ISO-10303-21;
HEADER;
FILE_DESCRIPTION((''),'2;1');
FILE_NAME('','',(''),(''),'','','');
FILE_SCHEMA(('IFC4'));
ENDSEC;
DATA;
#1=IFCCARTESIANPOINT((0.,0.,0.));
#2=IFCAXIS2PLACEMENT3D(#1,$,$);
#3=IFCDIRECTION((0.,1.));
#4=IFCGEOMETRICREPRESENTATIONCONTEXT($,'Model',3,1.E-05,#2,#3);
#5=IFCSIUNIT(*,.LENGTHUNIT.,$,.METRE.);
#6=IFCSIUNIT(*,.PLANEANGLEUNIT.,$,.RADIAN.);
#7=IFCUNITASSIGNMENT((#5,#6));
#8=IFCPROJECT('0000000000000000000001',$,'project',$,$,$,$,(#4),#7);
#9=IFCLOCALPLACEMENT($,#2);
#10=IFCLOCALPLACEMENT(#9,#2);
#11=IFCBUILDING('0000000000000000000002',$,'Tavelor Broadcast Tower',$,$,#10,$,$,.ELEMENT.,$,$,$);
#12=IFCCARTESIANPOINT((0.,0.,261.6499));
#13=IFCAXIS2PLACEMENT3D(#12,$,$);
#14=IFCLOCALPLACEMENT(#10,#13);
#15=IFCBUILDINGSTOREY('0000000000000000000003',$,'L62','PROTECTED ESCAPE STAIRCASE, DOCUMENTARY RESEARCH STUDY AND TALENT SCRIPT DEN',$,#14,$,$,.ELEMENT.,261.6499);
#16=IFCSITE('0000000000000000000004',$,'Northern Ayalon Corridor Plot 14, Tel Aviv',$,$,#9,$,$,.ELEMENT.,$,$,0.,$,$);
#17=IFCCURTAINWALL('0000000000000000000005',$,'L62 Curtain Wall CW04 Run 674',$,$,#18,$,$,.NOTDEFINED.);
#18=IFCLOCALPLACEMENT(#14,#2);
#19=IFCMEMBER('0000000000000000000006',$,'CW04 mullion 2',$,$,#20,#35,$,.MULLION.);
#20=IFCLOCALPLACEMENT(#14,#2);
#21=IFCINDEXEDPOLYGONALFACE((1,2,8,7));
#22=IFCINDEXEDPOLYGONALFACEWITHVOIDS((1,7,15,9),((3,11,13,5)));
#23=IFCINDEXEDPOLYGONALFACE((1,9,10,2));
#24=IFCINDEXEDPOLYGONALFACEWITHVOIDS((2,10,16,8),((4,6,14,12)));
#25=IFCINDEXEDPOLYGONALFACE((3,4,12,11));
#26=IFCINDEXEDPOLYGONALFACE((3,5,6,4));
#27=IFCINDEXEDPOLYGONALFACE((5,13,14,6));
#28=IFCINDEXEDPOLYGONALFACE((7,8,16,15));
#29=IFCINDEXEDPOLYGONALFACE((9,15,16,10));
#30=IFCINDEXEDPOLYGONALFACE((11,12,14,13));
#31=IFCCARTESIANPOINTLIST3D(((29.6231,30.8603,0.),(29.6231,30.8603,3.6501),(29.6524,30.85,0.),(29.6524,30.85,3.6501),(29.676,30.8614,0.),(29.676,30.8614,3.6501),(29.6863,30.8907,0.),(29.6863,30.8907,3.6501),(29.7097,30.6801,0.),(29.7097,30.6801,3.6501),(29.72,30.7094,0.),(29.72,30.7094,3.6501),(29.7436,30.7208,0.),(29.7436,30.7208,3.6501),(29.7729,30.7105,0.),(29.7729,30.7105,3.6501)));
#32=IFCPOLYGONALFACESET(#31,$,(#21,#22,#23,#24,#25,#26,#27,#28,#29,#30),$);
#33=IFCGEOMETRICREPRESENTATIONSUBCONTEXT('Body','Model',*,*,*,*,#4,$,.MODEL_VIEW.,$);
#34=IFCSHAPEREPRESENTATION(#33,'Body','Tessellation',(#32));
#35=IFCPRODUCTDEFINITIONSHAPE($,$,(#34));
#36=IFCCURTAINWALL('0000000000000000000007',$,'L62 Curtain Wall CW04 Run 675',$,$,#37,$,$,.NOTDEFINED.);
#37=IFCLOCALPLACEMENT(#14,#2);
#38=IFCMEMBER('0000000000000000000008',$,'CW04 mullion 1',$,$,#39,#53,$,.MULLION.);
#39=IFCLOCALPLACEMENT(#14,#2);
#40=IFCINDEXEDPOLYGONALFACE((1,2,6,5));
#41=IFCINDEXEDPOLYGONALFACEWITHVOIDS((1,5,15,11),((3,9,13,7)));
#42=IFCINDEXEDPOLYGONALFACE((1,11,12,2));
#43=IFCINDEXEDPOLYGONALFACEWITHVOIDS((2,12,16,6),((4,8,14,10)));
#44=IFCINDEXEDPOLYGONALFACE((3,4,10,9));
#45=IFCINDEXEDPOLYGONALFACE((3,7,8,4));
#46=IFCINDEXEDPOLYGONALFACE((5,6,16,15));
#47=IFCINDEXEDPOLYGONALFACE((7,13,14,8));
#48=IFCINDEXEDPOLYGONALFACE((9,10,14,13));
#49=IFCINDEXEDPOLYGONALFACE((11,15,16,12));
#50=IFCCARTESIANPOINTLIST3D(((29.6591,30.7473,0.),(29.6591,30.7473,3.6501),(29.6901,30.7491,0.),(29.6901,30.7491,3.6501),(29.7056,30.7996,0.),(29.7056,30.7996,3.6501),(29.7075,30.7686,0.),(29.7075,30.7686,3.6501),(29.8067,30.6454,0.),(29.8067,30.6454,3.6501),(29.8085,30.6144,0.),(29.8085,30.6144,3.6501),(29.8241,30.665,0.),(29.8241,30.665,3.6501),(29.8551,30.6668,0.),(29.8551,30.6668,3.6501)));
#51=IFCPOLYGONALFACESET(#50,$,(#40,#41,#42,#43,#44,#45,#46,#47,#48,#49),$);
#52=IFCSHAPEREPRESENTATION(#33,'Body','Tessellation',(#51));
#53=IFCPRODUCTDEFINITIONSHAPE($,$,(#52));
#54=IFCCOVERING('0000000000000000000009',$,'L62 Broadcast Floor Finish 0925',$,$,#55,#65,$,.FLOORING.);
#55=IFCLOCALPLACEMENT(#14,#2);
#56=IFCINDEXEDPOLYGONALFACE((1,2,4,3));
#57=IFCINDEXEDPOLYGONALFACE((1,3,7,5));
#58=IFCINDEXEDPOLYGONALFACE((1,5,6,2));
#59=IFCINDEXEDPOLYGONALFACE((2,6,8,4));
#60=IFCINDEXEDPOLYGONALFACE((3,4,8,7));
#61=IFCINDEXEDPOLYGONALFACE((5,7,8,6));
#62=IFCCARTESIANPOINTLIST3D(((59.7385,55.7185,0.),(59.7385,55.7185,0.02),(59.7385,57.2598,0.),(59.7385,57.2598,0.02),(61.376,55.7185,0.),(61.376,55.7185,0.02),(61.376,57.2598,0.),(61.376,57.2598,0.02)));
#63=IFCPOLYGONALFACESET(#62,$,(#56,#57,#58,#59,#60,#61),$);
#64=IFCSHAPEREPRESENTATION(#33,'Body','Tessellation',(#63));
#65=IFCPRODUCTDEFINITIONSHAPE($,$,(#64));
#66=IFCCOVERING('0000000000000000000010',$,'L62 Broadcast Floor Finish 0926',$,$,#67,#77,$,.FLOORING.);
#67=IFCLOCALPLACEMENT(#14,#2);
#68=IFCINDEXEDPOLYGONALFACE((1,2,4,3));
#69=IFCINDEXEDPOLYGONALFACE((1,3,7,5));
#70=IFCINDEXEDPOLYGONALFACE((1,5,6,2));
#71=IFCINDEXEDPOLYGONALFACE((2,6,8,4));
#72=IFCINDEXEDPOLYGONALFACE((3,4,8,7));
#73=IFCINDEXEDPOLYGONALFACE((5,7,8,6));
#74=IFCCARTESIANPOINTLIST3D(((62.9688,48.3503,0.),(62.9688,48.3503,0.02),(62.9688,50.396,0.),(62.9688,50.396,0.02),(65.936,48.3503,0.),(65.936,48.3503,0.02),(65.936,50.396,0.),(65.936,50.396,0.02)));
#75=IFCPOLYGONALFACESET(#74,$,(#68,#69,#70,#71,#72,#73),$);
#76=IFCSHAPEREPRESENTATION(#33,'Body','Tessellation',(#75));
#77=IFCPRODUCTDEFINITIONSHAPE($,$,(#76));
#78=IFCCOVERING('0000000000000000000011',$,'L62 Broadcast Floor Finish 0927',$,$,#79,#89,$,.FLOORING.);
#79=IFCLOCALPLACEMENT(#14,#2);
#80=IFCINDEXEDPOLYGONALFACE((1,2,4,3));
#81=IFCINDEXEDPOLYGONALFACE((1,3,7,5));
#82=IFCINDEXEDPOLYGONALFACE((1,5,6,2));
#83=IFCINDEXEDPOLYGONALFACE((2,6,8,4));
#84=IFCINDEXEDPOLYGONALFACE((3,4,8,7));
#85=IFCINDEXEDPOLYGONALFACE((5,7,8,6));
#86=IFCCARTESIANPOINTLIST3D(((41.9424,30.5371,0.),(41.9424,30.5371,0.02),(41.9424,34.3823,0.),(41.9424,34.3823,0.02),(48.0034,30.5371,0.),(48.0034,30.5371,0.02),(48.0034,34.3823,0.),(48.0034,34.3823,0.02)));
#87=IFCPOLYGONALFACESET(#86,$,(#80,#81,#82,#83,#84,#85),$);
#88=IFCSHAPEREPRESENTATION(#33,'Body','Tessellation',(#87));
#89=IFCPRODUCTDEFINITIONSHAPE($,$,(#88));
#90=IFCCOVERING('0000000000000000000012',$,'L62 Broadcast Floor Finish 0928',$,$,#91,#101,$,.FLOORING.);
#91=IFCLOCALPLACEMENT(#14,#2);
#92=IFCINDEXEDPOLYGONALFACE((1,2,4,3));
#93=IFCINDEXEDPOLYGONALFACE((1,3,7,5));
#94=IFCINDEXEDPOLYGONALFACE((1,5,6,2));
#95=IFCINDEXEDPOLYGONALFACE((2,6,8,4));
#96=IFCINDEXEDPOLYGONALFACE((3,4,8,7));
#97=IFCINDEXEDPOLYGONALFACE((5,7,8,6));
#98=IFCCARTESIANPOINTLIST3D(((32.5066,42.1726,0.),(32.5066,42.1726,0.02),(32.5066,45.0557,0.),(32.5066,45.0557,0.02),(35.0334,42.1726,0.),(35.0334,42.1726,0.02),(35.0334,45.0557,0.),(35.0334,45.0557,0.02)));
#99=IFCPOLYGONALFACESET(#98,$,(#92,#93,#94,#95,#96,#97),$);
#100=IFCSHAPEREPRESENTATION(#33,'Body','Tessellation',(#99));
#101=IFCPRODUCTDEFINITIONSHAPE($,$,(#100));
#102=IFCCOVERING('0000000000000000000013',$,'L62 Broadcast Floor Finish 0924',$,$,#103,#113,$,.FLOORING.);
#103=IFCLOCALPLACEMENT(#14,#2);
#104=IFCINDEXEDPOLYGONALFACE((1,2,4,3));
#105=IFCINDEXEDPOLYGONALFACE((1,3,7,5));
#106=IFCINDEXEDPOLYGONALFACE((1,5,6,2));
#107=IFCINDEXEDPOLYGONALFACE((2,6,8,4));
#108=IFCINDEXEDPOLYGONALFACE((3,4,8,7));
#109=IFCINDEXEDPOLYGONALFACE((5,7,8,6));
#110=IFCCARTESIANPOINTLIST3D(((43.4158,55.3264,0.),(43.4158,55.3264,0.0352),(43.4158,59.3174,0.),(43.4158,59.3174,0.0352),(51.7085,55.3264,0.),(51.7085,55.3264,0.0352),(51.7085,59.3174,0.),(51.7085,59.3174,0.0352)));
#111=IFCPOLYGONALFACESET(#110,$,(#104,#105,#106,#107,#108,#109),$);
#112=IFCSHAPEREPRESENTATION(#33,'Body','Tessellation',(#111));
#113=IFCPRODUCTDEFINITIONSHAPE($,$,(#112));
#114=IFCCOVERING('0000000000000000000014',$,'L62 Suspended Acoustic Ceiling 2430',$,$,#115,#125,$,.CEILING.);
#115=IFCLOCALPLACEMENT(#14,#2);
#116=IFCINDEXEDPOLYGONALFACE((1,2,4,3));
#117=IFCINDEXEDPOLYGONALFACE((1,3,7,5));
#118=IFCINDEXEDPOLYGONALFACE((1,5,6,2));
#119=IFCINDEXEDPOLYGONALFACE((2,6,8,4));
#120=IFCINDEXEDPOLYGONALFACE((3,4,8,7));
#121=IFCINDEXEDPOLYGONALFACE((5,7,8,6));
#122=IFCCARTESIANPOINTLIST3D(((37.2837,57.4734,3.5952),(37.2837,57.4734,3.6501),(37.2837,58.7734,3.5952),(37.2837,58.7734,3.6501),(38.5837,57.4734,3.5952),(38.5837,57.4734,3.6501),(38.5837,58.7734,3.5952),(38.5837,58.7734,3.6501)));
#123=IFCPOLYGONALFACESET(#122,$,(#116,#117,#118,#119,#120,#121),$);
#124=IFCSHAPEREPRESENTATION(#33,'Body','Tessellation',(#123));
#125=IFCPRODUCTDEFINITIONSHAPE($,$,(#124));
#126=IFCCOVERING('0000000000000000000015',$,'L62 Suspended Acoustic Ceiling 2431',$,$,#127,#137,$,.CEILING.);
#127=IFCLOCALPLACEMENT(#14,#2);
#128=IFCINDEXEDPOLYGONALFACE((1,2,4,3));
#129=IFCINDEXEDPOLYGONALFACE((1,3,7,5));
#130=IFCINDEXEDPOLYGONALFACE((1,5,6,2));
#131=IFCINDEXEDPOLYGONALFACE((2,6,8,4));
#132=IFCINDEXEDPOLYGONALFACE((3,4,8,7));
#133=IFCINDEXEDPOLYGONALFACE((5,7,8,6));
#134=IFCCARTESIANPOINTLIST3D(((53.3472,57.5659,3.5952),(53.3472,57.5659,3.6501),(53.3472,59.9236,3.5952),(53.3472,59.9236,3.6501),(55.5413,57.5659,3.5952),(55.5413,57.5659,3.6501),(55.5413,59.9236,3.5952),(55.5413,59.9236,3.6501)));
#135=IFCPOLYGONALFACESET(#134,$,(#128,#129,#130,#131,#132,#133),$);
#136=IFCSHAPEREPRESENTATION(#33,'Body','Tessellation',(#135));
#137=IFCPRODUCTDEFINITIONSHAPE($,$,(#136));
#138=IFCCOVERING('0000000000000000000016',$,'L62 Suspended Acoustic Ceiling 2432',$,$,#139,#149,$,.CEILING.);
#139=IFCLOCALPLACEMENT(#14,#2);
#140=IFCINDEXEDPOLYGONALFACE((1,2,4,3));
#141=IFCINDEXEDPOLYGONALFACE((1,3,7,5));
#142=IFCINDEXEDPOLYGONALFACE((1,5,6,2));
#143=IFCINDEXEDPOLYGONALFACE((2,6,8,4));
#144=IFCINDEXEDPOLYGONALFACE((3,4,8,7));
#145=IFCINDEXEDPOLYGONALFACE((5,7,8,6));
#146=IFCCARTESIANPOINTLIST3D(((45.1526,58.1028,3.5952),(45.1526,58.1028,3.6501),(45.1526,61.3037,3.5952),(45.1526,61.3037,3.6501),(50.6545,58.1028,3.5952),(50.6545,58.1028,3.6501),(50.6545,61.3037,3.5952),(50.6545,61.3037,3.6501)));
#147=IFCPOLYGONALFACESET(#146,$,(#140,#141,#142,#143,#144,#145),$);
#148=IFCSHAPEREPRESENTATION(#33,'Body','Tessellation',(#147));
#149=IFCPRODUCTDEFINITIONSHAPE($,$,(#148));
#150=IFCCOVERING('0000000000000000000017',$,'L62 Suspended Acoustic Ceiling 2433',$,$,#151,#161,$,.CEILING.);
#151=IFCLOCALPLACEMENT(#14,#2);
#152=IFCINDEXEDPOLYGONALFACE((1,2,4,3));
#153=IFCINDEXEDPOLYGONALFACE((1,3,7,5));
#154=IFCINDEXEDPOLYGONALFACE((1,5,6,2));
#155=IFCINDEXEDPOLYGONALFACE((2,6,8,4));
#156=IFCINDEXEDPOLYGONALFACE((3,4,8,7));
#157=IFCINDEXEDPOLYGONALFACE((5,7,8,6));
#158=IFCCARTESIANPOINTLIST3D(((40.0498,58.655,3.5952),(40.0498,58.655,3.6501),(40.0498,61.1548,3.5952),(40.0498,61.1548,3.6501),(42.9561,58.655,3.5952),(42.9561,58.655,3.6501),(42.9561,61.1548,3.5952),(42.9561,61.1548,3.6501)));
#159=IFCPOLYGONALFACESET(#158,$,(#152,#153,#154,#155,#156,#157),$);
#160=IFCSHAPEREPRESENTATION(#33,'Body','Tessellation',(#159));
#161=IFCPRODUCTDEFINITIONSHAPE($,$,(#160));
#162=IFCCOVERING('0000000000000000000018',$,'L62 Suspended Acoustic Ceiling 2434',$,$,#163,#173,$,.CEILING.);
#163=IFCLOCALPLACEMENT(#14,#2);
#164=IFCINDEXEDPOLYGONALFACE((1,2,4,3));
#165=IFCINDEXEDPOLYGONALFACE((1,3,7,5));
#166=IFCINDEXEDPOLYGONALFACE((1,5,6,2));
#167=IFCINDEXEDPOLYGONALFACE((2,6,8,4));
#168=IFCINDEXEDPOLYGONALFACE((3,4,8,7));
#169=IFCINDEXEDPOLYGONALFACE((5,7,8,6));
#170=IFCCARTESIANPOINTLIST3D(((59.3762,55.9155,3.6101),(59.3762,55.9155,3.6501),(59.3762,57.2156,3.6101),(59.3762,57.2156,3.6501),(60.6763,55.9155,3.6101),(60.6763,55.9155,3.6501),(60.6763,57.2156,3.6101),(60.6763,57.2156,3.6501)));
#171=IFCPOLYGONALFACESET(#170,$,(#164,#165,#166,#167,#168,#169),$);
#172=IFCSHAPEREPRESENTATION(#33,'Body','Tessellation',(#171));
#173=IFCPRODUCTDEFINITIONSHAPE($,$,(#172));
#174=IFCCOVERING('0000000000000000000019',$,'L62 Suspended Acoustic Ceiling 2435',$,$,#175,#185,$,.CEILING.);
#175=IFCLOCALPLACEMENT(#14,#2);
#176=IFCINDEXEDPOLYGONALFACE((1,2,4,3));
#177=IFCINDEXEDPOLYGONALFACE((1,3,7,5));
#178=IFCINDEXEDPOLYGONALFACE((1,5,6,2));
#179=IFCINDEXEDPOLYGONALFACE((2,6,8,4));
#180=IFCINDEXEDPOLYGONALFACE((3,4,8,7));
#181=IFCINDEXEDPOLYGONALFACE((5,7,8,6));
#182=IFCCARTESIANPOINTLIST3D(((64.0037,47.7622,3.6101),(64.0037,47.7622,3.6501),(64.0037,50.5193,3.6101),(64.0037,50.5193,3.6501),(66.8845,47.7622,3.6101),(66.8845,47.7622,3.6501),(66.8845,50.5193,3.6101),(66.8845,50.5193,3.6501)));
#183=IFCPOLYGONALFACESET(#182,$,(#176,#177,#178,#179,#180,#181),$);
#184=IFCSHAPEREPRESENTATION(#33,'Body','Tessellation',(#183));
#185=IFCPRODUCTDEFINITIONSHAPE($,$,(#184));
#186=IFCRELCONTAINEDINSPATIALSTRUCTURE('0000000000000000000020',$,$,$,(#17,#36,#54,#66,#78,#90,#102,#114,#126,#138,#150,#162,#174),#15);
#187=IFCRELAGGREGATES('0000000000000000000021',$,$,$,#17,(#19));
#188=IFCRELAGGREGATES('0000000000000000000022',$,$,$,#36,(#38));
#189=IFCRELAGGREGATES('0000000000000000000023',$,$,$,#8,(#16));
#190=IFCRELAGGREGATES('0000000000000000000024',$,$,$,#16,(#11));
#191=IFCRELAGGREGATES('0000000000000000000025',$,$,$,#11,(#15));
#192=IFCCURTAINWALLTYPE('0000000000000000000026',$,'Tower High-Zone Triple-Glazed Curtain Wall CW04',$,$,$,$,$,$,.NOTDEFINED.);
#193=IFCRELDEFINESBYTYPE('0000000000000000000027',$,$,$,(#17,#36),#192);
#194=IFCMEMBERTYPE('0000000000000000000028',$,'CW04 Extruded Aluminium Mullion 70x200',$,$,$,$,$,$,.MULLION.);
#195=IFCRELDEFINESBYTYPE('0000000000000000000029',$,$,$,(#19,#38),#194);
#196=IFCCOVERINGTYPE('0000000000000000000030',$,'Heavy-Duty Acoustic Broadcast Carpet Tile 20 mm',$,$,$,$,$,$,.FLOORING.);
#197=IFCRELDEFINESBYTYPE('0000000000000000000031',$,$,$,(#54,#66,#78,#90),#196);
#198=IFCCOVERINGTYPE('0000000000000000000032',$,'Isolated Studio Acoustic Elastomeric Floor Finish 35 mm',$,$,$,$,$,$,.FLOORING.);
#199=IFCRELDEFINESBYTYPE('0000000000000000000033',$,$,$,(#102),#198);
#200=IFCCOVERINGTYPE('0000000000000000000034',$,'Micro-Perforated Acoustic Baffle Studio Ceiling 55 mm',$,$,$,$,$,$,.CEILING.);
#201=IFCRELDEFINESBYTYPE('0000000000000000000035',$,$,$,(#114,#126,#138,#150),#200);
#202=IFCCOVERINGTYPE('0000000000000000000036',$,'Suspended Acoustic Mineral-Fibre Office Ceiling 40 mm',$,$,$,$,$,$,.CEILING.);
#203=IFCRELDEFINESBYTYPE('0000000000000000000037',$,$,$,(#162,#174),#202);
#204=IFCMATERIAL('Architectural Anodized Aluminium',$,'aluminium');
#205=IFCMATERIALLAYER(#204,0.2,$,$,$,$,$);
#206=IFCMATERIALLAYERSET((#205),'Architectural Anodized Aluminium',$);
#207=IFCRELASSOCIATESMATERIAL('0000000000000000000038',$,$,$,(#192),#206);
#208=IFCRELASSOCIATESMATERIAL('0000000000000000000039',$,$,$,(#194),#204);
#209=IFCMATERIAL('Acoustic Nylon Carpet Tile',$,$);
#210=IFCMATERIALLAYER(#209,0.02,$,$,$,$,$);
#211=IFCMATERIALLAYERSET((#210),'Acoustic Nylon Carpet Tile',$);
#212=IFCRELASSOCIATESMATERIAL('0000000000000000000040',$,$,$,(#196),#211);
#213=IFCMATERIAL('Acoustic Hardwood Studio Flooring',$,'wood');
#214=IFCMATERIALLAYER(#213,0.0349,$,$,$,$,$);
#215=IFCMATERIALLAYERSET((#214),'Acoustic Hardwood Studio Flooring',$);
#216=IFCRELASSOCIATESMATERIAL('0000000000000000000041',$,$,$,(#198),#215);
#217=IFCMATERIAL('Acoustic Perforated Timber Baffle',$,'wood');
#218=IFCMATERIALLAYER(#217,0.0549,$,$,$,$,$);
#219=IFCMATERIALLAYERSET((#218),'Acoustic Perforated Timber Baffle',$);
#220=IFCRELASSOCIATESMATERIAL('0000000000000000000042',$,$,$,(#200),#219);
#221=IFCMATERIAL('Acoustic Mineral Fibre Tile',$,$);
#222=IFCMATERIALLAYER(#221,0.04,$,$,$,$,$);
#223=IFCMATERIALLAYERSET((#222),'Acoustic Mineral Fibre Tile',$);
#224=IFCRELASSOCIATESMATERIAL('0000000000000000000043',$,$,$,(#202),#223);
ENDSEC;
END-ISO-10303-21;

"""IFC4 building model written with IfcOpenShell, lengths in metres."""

from ifc_helpers import new_model, si_unit, direction, frame, origin, origin_2d, place, context, subcontext, project, spatial, polyline, hollow_rectangle, outline, extrude, source, transform, mapped, material, layer, layer_set, material_profile, profile_set, type_object, type_shapes, element, aggregate, save


model = new_model("IFC4")

# Units and contexts
model_context = context("Model", 3, precision=1e-05, world=origin(), true_north=direction((0.0, 1.0)))
body_context = subcontext(model_context, "Body", "Model", "MODEL_VIEW")
ifc_project = project(units=[si_unit("LENGTHUNIT", "METRE"), si_unit("PLANEANGLEUNIT", "RADIAN")], contexts=[model_context])

# Site, building, storey
site_placement = place(None, origin())
site = spatial("IfcSite", under=ifc_project, at=site_placement, Name="Northern Ayalon Corridor Plot 14, Tel Aviv", CompositionType="ELEMENT", RefElevation=0.0)
building_placement = place(site_placement, origin())
building = spatial("IfcBuilding", under=site, at=building_placement, Name="Tavelor Broadcast Tower", CompositionType="ELEMENT")
storey_placement = place(building_placement, frame((0.0, 0.0, 261.6499)))
storey = spatial("IfcBuildingStorey", under=building, at=storey_placement, Name="L62", Description="PROTECTED ESCAPE STAIRCASE, DOCUMENTARY RESEARCH STUDY AND TALENT SCRIPT DEN", CompositionType="ELEMENT", Elevation=261.6499)

# Curtain walls, members
ifc_material_1 = material(Name="Architectural Anodized Aluminium", Category="aluminium")
ifc_layer_1 = layer(ifc_material_1, 0.2)
ifc_layer_set_1 = layer_set([ifc_layer_1], Name="Architectural Anodized Aluminium")
curtain_wall_type = type_object("IfcCurtainWallType", Name="Tower High-Zone Triple-Glazed Curtain Wall CW04", PredefinedType="NOTDEFINED", material=ifc_layer_set_1)
curtain_wall_1_placement = place(storey_placement, origin())
curtain_wall_1 = element("IfcCurtainWall", 1, at=curtain_wall_1_placement, inside=storey, type_object=curtain_wall_type, Name="L62 Curtain Wall CW04 Run 674", PredefinedType="NOTDEFINED")
ifc_material_profile = material_profile(ifc_material_1, hollow_rectangle(XDim=0.0701, YDim=0.2, WallThickness=0.022, at=origin_2d()), Name="RHS 70x200x22")
ifc_profile_set = profile_set([ifc_material_profile], Name="Architectural Anodized Aluminium")
member_type = type_object("IfcMemberType", Name="CW04 Extruded Aluminium Mullion 70x200", PredefinedType="MULLION", material=ifc_profile_set)
shared_shape = source(origin(), body_context, "Body", "SweptSolid", [
    extrude(hollow_rectangle(XDim=0.0701, YDim=0.2, WallThickness=0.022, at=origin_2d()), origin(), (0.0, 0.0, 1.0), 3.6501),
])
type_shapes(member_type, [shared_shape])
member_1_placement = place(storey_placement, frame((29.698, 30.7854, 0.0), z_axis=(0.0, 0.0, 1.0), x_axis=(0.901264, 0.43327, 0.0)))
member_1 = element("IfcMember", 2, at=member_1_placement, type_object=member_type, Name="CW04 mullion 2", PredefinedType="MULLION", context=body_context, shape_type="MappedRepresentation", body=[
    mapped(shared_shape, transform((0.0, 0.0, 0.0), scale=1.0)),
])
aggregate(curtain_wall_1, [member_1])
curtain_wall_2_placement = place(storey_placement, origin())
curtain_wall_2 = element("IfcCurtainWall", 3, at=curtain_wall_2_placement, inside=storey, type_object=curtain_wall_type, Name="L62 Curtain Wall CW04 Run 675", PredefinedType="NOTDEFINED")
member_2_placement = place(storey_placement, frame((29.7571, 30.707, 0.0), z_axis=(0.0, 0.0, 1.0), x_axis=(0.664409, 0.747369, 0.0)))
member_2 = element("IfcMember", 4, at=member_2_placement, type_object=member_type, Name="CW04 mullion 1", PredefinedType="MULLION", context=body_context, shape_type="MappedRepresentation", body=[
    mapped(shared_shape, transform((0.0, 0.0, 0.0), scale=1.0)),
])
aggregate(curtain_wall_2, [member_2])

# Coverings
ifc_material_2 = material(Name="Acoustic Nylon Carpet Tile")
ifc_layer_2 = layer(ifc_material_2, 0.02)
ifc_layer_set_2 = layer_set([ifc_layer_2], Name="Acoustic Nylon Carpet Tile")
covering_type_1 = type_object("IfcCoveringType", Name="Heavy-Duty Acoustic Broadcast Carpet Tile 20 mm", PredefinedType="FLOORING", material=ifc_layer_set_2)
covering_1_placement = place(storey_placement, origin())
element("IfcCovering", 5, at=covering_1_placement, inside=storey, type_object=covering_type_1, Name="L62 Broadcast Floor Finish 0925", PredefinedType="FLOORING", context=body_context, shape_type="SweptSolid", body=[
    extrude(outline(polyline([(59.7385, 55.7185), (61.376, 55.7185), (61.376, 57.2598), (59.7385, 57.2598), (59.7385, 55.7185)])), origin(), (0.0, 0.0, 1.0), 0.02),
])
covering_2_placement = place(storey_placement, origin())
element("IfcCovering", 6, at=covering_2_placement, inside=storey, type_object=covering_type_1, Name="L62 Broadcast Floor Finish 0926", PredefinedType="FLOORING", context=body_context, shape_type="SweptSolid", body=[
    extrude(outline(polyline([(62.9688, 48.3503), (65.936, 48.3503), (65.936, 50.396), (62.9688, 50.396), (62.9688, 48.3503)])), origin(), (0.0, 0.0, 1.0), 0.02),
])
covering_3_placement = place(storey_placement, origin())
element("IfcCovering", 7, at=covering_3_placement, inside=storey, type_object=covering_type_1, Name="L62 Broadcast Floor Finish 0927", PredefinedType="FLOORING", context=body_context, shape_type="SweptSolid", body=[
    extrude(outline(polyline([(41.9424, 30.5371), (48.0034, 30.5371), (48.0034, 34.3823), (41.9424, 34.3823), (41.9424, 30.5371)])), origin(), (0.0, 0.0, 1.0), 0.02),
])
covering_4_placement = place(storey_placement, origin())
element("IfcCovering", 8, at=covering_4_placement, inside=storey, type_object=covering_type_1, Name="L62 Broadcast Floor Finish 0928", PredefinedType="FLOORING", context=body_context, shape_type="SweptSolid", body=[
    extrude(outline(polyline([(32.5066, 42.1726), (35.0334, 42.1726), (35.0334, 45.0557), (32.5066, 45.0557), (32.5066, 42.1726)])), origin(), (0.0, 0.0, 1.0), 0.02),
])
ifc_material_3 = material(Name="Acoustic Hardwood Studio Flooring", Category="wood")
ifc_layer_3 = layer(ifc_material_3, 0.0349)
ifc_layer_set_3 = layer_set([ifc_layer_3], Name="Acoustic Hardwood Studio Flooring")
covering_type_2 = type_object("IfcCoveringType", Name="Isolated Studio Acoustic Elastomeric Floor Finish 35 mm", PredefinedType="FLOORING", material=ifc_layer_set_3)
covering_5_placement = place(storey_placement, origin())
element("IfcCovering", 9, at=covering_5_placement, inside=storey, type_object=covering_type_2, Name="L62 Broadcast Floor Finish 0924", PredefinedType="FLOORING", context=body_context, shape_type="SweptSolid", body=[
    extrude(outline(polyline([(43.4158, 55.3264), (51.7085, 55.3264), (51.7085, 59.3174), (43.4158, 59.3174), (43.4158, 55.3264)])), origin(), (0.0, 0.0, 1.0), 0.0352),
])
ifc_material_4 = material(Name="Acoustic Perforated Timber Baffle", Category="wood")
ifc_layer_4 = layer(ifc_material_4, 0.0549)
ifc_layer_set_4 = layer_set([ifc_layer_4], Name="Acoustic Perforated Timber Baffle")
covering_type_3 = type_object("IfcCoveringType", Name="Micro-Perforated Acoustic Baffle Studio Ceiling 55 mm", PredefinedType="CEILING", material=ifc_layer_set_4)
covering_6_placement = place(storey_placement, frame((0.0, 0.0, 3.5952)))
element("IfcCovering", 10, at=covering_6_placement, inside=storey, type_object=covering_type_3, Name="L62 Suspended Acoustic Ceiling 2430", PredefinedType="CEILING", context=body_context, shape_type="SweptSolid", body=[
    extrude(outline(polyline([(37.2837, 57.4734), (38.5837, 57.4734), (38.5837, 58.7734), (37.2837, 58.7734), (37.2837, 57.4734)])), origin(), (0.0, 0.0, 1.0), 0.0549),
])
covering_7_placement = place(storey_placement, frame((0.0, 0.0, 3.5952)))
element("IfcCovering", 11, at=covering_7_placement, inside=storey, type_object=covering_type_3, Name="L62 Suspended Acoustic Ceiling 2431", PredefinedType="CEILING", context=body_context, shape_type="SweptSolid", body=[
    extrude(outline(polyline([(53.3472, 57.5659), (55.5413, 57.5659), (55.5413, 59.9236), (53.3472, 59.9236), (53.3472, 57.5659)])), origin(), (0.0, 0.0, 1.0), 0.0549),
])
covering_8_placement = place(storey_placement, frame((0.0, 0.0, 3.5952)))
element("IfcCovering", 12, at=covering_8_placement, inside=storey, type_object=covering_type_3, Name="L62 Suspended Acoustic Ceiling 2432", PredefinedType="CEILING", context=body_context, shape_type="SweptSolid", body=[
    extrude(outline(polyline([(45.1526, 58.1028), (50.6545, 58.1028), (50.6545, 61.3037), (45.1526, 61.3037), (45.1526, 58.1028)])), origin(), (0.0, 0.0, 1.0), 0.0549),
])
covering_9_placement = place(storey_placement, frame((0.0, 0.0, 3.5952)))
element("IfcCovering", 13, at=covering_9_placement, inside=storey, type_object=covering_type_3, Name="L62 Suspended Acoustic Ceiling 2433", PredefinedType="CEILING", context=body_context, shape_type="SweptSolid", body=[
    extrude(outline(polyline([(40.0498, 58.655), (42.9561, 58.655), (42.9561, 61.1548), (40.0498, 61.1548), (40.0498, 58.655)])), origin(), (0.0, 0.0, 1.0), 0.0549),
])
ifc_material_5 = material(Name="Acoustic Mineral Fibre Tile")
ifc_layer_5 = layer(ifc_material_5, 0.04)
ifc_layer_set_5 = layer_set([ifc_layer_5], Name="Acoustic Mineral Fibre Tile")
covering_type_4 = type_object("IfcCoveringType", Name="Suspended Acoustic Mineral-Fibre Office Ceiling 40 mm", PredefinedType="CEILING", material=ifc_layer_set_5)
covering_10_placement = place(storey_placement, frame((0.0, 0.0, 3.6101)))
element("IfcCovering", 14, at=covering_10_placement, inside=storey, type_object=covering_type_4, Name="L62 Suspended Acoustic Ceiling 2434", PredefinedType="CEILING", context=body_context, shape_type="SweptSolid", body=[
    extrude(outline(polyline([(59.3762, 55.9155), (60.6763, 55.9155), (60.6763, 57.2156), (59.3762, 57.2156), (59.3762, 55.9155)])), origin(), (0.0, 0.0, 1.0), 0.04),
])
covering_11_placement = place(storey_placement, frame((0.0, 0.0, 3.6101)))
element("IfcCovering", 15, at=covering_11_placement, inside=storey, type_object=covering_type_4, Name="L62 Suspended Acoustic Ceiling 2435", PredefinedType="CEILING", context=body_context, shape_type="SweptSolid", body=[
    extrude(outline(polyline([(64.0037, 47.7622), (66.8845, 47.7622), (66.8845, 50.5193), (64.0037, 50.5193), (64.0037, 47.7622)])), origin(), (0.0, 0.0, 1.0), 0.04),
])

save(model, "model.ifc")
